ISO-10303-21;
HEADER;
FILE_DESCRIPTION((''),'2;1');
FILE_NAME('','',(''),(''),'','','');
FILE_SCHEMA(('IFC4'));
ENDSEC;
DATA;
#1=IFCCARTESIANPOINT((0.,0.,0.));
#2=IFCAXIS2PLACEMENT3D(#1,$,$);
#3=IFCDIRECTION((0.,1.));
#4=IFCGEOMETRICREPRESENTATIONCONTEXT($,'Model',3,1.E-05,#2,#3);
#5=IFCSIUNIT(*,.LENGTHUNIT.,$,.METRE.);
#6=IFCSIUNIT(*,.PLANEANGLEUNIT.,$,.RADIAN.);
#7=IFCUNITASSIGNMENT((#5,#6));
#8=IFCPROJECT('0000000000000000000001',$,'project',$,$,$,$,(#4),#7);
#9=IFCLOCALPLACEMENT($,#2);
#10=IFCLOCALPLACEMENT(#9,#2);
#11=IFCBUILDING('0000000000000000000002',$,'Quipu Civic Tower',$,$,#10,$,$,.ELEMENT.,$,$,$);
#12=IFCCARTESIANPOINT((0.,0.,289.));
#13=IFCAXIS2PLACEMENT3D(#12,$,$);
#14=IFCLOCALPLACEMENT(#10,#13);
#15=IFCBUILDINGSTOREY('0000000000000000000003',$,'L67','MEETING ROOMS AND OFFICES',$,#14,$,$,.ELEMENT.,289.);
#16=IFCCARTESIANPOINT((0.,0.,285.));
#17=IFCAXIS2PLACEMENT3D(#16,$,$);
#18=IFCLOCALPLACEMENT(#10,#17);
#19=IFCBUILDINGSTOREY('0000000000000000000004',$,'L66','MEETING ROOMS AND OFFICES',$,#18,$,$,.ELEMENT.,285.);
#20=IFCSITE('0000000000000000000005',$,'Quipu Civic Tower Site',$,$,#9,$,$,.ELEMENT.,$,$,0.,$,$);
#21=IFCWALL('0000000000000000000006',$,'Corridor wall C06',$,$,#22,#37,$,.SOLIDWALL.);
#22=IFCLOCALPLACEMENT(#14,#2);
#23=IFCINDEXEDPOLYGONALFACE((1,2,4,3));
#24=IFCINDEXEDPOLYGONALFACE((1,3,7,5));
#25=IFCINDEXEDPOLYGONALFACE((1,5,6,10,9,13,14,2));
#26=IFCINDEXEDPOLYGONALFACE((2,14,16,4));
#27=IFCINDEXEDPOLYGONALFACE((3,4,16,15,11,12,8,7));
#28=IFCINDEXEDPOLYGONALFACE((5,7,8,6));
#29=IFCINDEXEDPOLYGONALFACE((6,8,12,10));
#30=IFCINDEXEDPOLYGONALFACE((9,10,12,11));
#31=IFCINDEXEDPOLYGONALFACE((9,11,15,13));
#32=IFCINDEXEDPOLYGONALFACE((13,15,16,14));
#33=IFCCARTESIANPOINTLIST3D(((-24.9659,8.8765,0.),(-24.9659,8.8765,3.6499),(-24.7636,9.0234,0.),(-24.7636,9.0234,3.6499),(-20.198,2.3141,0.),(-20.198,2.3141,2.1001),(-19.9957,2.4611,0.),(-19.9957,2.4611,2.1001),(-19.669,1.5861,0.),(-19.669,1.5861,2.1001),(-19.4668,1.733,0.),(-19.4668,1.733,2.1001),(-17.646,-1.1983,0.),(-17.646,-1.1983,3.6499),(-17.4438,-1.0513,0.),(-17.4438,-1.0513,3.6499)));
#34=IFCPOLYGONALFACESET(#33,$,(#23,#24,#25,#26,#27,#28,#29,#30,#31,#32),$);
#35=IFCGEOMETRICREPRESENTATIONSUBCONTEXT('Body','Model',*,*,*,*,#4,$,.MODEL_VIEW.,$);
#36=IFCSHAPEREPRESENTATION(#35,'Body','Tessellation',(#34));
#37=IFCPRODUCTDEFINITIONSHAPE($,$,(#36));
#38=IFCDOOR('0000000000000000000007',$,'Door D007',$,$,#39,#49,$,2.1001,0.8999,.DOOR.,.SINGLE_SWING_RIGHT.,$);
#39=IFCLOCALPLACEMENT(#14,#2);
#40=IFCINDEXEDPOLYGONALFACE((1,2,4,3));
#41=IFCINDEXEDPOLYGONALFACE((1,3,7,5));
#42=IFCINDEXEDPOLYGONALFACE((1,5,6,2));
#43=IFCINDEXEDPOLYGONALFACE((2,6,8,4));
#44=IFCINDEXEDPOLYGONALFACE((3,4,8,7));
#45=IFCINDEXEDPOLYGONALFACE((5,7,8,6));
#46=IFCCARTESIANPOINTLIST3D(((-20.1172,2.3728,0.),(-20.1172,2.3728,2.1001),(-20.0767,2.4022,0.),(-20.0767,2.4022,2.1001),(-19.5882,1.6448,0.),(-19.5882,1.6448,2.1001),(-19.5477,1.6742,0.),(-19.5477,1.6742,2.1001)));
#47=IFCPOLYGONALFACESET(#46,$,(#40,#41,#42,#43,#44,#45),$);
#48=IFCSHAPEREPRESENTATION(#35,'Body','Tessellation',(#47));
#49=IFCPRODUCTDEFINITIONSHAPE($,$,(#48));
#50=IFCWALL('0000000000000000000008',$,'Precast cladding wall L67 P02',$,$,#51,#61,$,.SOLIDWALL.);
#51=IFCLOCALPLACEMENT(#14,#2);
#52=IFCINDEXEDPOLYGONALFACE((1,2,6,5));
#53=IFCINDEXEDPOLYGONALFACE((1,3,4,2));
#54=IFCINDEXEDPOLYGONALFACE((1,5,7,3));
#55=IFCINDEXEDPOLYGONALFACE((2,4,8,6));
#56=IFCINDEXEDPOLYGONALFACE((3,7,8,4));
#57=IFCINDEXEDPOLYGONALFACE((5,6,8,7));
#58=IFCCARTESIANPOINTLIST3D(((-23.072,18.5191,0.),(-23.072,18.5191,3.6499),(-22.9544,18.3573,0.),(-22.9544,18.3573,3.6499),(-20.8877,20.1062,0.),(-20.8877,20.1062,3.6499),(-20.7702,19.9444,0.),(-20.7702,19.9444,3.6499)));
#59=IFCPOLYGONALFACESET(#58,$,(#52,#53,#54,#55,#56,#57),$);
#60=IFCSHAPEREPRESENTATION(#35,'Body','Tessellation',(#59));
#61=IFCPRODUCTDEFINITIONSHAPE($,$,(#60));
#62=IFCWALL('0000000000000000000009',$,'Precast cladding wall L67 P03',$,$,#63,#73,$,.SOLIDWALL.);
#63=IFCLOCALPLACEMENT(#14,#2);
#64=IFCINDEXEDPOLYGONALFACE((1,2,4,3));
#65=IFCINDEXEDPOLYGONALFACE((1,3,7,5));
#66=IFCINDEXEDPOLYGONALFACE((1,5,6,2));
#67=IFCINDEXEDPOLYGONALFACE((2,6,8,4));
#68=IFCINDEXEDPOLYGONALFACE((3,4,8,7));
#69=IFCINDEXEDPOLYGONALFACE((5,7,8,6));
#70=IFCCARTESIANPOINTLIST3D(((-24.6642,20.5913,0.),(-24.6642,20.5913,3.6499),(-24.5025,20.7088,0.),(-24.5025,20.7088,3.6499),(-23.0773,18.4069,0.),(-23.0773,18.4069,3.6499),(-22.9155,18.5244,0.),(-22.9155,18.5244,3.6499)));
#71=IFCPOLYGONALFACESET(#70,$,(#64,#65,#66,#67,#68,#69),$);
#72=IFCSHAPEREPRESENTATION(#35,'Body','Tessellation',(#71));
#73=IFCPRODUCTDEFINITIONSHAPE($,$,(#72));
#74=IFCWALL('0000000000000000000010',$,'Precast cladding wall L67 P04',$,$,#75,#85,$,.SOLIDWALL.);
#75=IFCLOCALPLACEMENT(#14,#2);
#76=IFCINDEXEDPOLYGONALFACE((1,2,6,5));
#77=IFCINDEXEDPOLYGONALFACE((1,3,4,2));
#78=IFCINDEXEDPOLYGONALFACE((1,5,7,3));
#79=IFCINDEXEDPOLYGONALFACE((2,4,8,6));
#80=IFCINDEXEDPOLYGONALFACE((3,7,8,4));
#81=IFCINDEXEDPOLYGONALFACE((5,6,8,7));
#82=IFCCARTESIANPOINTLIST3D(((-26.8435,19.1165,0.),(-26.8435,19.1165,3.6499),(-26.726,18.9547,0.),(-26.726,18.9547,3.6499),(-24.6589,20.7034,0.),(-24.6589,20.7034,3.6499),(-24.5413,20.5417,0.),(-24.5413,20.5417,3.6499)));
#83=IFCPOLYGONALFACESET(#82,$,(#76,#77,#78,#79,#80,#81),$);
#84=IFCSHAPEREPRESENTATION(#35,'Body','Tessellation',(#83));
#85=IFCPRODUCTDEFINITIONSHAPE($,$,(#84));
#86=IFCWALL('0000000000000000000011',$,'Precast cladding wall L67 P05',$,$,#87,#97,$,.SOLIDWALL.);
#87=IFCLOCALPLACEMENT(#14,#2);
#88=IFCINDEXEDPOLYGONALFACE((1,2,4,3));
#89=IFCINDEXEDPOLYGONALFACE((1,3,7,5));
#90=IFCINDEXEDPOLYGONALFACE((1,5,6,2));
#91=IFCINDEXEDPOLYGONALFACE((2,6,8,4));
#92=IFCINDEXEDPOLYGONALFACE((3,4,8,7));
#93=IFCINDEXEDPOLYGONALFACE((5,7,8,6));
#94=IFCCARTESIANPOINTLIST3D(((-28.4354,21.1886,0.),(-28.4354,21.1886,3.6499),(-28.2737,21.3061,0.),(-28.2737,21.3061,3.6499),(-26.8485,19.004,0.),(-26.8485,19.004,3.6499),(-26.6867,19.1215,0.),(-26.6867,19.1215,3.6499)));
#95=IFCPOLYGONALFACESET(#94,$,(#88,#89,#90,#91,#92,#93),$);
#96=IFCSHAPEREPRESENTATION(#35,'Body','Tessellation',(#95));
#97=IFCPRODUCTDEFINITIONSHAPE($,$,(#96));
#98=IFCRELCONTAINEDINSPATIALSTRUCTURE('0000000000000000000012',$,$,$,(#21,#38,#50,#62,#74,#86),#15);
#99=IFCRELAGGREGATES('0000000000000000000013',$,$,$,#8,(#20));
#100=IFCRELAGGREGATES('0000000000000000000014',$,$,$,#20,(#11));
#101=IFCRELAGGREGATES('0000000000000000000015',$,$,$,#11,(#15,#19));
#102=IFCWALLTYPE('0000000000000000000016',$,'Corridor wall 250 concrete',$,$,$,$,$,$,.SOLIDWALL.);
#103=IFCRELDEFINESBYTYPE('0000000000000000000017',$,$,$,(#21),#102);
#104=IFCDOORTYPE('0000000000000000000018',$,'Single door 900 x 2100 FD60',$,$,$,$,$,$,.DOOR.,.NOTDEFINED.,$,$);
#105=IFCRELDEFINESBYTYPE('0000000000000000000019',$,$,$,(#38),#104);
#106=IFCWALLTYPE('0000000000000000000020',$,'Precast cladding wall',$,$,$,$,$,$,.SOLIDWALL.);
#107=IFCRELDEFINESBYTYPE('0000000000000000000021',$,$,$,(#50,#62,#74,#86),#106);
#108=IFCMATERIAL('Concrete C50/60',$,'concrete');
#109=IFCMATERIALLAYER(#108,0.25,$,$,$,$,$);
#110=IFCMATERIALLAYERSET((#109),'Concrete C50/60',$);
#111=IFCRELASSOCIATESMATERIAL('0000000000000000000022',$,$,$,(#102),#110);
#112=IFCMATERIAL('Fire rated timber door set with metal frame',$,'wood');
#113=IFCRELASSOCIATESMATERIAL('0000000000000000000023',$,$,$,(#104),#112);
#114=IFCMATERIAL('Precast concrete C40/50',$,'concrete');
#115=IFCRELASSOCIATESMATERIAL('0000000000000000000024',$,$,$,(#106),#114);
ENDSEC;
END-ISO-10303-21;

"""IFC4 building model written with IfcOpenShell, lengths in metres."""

from ifc_helpers import new_model, si_unit, direction, frame, frame_2d, origin, place, context, subcontext, project, spatial, rectangle, extrude, material, layer, layer_set, type_object, element, fill, save


model = new_model("IFC4")

# Units and contexts
model_context = context("Model", 3, precision=1e-05, world=origin(), true_north=direction((0.0, 1.0)))
body_context = subcontext(model_context, "Body", "Model", "MODEL_VIEW")
ifc_project = project(units=[si_unit("LENGTHUNIT", "METRE"), si_unit("PLANEANGLEUNIT", "RADIAN")], contexts=[model_context])

# Site, building, storey
site_placement = place(None, origin())
site = spatial("IfcSite", under=ifc_project, at=site_placement, Name="Quipu Civic Tower Site", CompositionType="ELEMENT", RefElevation=0.0)
building_placement = place(site_placement, origin())
building = spatial("IfcBuilding", under=site, at=building_placement, Name="Quipu Civic Tower", CompositionType="ELEMENT")
storey_1_placement = place(building_placement, frame((0.0, 0.0, 289.0)))
storey_1 = spatial("IfcBuildingStorey", under=building, at=storey_1_placement, Name="L67", Description="MEETING ROOMS AND OFFICES", CompositionType="ELEMENT", Elevation=289.0)

# Shared definitions
storey_2_placement = place(building_placement, frame((0.0, 0.0, 285.0)))
storey_2 = spatial("IfcBuildingStorey", under=building, at=storey_2_placement, Name="L66", Description="MEETING ROOMS AND OFFICES", CompositionType="ELEMENT", Elevation=285.0)

# Wall, opening, door
ifc_material_1 = material(Name="Concrete C50/60", Category="concrete")
ifc_layer = layer(ifc_material_1, 0.25)
ifc_layer_set = layer_set([ifc_layer], Name="Concrete C50/60")
wall_type_1 = type_object("IfcWallType", Name="Corridor wall 250 concrete", PredefinedType="SOLIDWALL", material=ifc_layer_set)
wall_placement = place(storey_1_placement, frame((-24.8647, 8.95, 0.0), z_axis=(0.0, 0.0, 1.0), x_axis=(0.587792, -0.809012, 0.0)))
wall = element("IfcWall", 1, at=wall_placement, inside=storey_1, type_object=wall_type_1, Name="Corridor wall C06", PredefinedType="SOLIDWALL", context=body_context, shape_type="SweptSolid", body=[
    extrude(rectangle(XDim=12.4531, YDim=0.25, at=frame_2d((6.2266, 0.0))), origin(), (0.0, 0.0, 1.0), 3.6499),
])
opening_placement = place(wall_placement, frame((8.1116, 0.0, 0.0)))
opening = element("IfcOpeningElement", 2, at=opening_placement, cuts=wall, PredefinedType="OPENING", context=body_context, shape_type="SweptSolid", body=[
    extrude(rectangle(XDim=0.8999, YDim=2.1001, at=frame_2d((0.45, 1.05))), frame((0.0, 0.135, 0.0), z_axis=(0.0, -1.0, 0.0), x_axis=(1.0, 0.0, 0.0)), (0.0, 0.0, 1.0), 0.27),
])
ifc_material_2 = material(Name="Fire rated timber door set with metal frame", Category="wood")
door_type = type_object("IfcDoorType", Name="Single door 900 x 2100 FD60", OperationType="NOTDEFINED", PredefinedType="DOOR", material=ifc_material_2)
door_placement = place(opening_placement, origin())
door = element("IfcDoor", 3, at=door_placement, inside=storey_1, type_object=door_type, Name="Door D007", OperationType="SINGLE_SWING_RIGHT", OverallHeight=2.1001, OverallWidth=0.8999, PredefinedType="DOOR", context=body_context, shape_type="SweptSolid", body=[
    extrude(rectangle(XDim=0.8999, YDim=2.1001, at=frame_2d((0.45, 1.05))), frame((0.0, 0.0249, 0.0), z_axis=(0.0, -1.0, 0.0), x_axis=(1.0, 0.0, 0.0)), (0.0, 0.0, 1.0), 0.05),
])
fill(opening, door)

# Walls
ifc_material_3 = material(Name="Precast concrete C40/50", Category="concrete")
wall_type_2 = type_object("IfcWallType", Name="Precast cladding wall", PredefinedType="SOLIDWALL", material=ifc_material_3)
for number, where, z_axis, x_axis, name in (
    (4, (-20.8289, 20.0254, 0.0), (0.0, 0.0, 1.0), (-0.80899, -0.587822, 0.0), "Precast cladding wall L67 P02"),
    (5, (-22.9963, 18.4656, 0.0), (0.0, 0.0, 1.0), (-0.587763, 0.809033, 0.0), "Precast cladding wall L67 P03"),
):
    element("IfcWall", number, at=place(storey_1_placement, frame(where, z_axis=z_axis, x_axis=x_axis)), inside=storey_1, type_object=wall_type_2, Name=name, PredefinedType="SOLIDWALL", context=body_context, shape_type="SweptSolid", body=[
        extrude(rectangle(XDim=2.7, YDim=0.2, at=frame_2d((1.3501, 0.0))), origin(), (0.0, 0.0, 1.0), 3.6499),
    ])
for number, where, z_axis, x_axis, name in (
    (6, (-24.6001, 20.6226, 0.0), (0.0, 0.0, 1.0), (-0.809064, -0.58772, 0.0), "Precast cladding wall L67 P04"),
    (7, (-26.7676, 19.0627, 0.0), (0.0, 0.0, 1.0), (-0.58772, 0.809064, 0.0), "Precast cladding wall L67 P05"),
):
    element("IfcWall", number, at=place(storey_1_placement, frame(where, z_axis=z_axis, x_axis=x_axis)), inside=storey_1, type_object=wall_type_2, Name=name, PredefinedType="SOLIDWALL", context=body_context, shape_type="SweptSolid", body=[
        extrude(rectangle(XDim=2.7002, YDim=0.2, at=frame_2d((1.3501, 0.0))), origin(), (0.0, 0.0, 1.0), 3.6499),
    ])

save(model, "model.ifc")
